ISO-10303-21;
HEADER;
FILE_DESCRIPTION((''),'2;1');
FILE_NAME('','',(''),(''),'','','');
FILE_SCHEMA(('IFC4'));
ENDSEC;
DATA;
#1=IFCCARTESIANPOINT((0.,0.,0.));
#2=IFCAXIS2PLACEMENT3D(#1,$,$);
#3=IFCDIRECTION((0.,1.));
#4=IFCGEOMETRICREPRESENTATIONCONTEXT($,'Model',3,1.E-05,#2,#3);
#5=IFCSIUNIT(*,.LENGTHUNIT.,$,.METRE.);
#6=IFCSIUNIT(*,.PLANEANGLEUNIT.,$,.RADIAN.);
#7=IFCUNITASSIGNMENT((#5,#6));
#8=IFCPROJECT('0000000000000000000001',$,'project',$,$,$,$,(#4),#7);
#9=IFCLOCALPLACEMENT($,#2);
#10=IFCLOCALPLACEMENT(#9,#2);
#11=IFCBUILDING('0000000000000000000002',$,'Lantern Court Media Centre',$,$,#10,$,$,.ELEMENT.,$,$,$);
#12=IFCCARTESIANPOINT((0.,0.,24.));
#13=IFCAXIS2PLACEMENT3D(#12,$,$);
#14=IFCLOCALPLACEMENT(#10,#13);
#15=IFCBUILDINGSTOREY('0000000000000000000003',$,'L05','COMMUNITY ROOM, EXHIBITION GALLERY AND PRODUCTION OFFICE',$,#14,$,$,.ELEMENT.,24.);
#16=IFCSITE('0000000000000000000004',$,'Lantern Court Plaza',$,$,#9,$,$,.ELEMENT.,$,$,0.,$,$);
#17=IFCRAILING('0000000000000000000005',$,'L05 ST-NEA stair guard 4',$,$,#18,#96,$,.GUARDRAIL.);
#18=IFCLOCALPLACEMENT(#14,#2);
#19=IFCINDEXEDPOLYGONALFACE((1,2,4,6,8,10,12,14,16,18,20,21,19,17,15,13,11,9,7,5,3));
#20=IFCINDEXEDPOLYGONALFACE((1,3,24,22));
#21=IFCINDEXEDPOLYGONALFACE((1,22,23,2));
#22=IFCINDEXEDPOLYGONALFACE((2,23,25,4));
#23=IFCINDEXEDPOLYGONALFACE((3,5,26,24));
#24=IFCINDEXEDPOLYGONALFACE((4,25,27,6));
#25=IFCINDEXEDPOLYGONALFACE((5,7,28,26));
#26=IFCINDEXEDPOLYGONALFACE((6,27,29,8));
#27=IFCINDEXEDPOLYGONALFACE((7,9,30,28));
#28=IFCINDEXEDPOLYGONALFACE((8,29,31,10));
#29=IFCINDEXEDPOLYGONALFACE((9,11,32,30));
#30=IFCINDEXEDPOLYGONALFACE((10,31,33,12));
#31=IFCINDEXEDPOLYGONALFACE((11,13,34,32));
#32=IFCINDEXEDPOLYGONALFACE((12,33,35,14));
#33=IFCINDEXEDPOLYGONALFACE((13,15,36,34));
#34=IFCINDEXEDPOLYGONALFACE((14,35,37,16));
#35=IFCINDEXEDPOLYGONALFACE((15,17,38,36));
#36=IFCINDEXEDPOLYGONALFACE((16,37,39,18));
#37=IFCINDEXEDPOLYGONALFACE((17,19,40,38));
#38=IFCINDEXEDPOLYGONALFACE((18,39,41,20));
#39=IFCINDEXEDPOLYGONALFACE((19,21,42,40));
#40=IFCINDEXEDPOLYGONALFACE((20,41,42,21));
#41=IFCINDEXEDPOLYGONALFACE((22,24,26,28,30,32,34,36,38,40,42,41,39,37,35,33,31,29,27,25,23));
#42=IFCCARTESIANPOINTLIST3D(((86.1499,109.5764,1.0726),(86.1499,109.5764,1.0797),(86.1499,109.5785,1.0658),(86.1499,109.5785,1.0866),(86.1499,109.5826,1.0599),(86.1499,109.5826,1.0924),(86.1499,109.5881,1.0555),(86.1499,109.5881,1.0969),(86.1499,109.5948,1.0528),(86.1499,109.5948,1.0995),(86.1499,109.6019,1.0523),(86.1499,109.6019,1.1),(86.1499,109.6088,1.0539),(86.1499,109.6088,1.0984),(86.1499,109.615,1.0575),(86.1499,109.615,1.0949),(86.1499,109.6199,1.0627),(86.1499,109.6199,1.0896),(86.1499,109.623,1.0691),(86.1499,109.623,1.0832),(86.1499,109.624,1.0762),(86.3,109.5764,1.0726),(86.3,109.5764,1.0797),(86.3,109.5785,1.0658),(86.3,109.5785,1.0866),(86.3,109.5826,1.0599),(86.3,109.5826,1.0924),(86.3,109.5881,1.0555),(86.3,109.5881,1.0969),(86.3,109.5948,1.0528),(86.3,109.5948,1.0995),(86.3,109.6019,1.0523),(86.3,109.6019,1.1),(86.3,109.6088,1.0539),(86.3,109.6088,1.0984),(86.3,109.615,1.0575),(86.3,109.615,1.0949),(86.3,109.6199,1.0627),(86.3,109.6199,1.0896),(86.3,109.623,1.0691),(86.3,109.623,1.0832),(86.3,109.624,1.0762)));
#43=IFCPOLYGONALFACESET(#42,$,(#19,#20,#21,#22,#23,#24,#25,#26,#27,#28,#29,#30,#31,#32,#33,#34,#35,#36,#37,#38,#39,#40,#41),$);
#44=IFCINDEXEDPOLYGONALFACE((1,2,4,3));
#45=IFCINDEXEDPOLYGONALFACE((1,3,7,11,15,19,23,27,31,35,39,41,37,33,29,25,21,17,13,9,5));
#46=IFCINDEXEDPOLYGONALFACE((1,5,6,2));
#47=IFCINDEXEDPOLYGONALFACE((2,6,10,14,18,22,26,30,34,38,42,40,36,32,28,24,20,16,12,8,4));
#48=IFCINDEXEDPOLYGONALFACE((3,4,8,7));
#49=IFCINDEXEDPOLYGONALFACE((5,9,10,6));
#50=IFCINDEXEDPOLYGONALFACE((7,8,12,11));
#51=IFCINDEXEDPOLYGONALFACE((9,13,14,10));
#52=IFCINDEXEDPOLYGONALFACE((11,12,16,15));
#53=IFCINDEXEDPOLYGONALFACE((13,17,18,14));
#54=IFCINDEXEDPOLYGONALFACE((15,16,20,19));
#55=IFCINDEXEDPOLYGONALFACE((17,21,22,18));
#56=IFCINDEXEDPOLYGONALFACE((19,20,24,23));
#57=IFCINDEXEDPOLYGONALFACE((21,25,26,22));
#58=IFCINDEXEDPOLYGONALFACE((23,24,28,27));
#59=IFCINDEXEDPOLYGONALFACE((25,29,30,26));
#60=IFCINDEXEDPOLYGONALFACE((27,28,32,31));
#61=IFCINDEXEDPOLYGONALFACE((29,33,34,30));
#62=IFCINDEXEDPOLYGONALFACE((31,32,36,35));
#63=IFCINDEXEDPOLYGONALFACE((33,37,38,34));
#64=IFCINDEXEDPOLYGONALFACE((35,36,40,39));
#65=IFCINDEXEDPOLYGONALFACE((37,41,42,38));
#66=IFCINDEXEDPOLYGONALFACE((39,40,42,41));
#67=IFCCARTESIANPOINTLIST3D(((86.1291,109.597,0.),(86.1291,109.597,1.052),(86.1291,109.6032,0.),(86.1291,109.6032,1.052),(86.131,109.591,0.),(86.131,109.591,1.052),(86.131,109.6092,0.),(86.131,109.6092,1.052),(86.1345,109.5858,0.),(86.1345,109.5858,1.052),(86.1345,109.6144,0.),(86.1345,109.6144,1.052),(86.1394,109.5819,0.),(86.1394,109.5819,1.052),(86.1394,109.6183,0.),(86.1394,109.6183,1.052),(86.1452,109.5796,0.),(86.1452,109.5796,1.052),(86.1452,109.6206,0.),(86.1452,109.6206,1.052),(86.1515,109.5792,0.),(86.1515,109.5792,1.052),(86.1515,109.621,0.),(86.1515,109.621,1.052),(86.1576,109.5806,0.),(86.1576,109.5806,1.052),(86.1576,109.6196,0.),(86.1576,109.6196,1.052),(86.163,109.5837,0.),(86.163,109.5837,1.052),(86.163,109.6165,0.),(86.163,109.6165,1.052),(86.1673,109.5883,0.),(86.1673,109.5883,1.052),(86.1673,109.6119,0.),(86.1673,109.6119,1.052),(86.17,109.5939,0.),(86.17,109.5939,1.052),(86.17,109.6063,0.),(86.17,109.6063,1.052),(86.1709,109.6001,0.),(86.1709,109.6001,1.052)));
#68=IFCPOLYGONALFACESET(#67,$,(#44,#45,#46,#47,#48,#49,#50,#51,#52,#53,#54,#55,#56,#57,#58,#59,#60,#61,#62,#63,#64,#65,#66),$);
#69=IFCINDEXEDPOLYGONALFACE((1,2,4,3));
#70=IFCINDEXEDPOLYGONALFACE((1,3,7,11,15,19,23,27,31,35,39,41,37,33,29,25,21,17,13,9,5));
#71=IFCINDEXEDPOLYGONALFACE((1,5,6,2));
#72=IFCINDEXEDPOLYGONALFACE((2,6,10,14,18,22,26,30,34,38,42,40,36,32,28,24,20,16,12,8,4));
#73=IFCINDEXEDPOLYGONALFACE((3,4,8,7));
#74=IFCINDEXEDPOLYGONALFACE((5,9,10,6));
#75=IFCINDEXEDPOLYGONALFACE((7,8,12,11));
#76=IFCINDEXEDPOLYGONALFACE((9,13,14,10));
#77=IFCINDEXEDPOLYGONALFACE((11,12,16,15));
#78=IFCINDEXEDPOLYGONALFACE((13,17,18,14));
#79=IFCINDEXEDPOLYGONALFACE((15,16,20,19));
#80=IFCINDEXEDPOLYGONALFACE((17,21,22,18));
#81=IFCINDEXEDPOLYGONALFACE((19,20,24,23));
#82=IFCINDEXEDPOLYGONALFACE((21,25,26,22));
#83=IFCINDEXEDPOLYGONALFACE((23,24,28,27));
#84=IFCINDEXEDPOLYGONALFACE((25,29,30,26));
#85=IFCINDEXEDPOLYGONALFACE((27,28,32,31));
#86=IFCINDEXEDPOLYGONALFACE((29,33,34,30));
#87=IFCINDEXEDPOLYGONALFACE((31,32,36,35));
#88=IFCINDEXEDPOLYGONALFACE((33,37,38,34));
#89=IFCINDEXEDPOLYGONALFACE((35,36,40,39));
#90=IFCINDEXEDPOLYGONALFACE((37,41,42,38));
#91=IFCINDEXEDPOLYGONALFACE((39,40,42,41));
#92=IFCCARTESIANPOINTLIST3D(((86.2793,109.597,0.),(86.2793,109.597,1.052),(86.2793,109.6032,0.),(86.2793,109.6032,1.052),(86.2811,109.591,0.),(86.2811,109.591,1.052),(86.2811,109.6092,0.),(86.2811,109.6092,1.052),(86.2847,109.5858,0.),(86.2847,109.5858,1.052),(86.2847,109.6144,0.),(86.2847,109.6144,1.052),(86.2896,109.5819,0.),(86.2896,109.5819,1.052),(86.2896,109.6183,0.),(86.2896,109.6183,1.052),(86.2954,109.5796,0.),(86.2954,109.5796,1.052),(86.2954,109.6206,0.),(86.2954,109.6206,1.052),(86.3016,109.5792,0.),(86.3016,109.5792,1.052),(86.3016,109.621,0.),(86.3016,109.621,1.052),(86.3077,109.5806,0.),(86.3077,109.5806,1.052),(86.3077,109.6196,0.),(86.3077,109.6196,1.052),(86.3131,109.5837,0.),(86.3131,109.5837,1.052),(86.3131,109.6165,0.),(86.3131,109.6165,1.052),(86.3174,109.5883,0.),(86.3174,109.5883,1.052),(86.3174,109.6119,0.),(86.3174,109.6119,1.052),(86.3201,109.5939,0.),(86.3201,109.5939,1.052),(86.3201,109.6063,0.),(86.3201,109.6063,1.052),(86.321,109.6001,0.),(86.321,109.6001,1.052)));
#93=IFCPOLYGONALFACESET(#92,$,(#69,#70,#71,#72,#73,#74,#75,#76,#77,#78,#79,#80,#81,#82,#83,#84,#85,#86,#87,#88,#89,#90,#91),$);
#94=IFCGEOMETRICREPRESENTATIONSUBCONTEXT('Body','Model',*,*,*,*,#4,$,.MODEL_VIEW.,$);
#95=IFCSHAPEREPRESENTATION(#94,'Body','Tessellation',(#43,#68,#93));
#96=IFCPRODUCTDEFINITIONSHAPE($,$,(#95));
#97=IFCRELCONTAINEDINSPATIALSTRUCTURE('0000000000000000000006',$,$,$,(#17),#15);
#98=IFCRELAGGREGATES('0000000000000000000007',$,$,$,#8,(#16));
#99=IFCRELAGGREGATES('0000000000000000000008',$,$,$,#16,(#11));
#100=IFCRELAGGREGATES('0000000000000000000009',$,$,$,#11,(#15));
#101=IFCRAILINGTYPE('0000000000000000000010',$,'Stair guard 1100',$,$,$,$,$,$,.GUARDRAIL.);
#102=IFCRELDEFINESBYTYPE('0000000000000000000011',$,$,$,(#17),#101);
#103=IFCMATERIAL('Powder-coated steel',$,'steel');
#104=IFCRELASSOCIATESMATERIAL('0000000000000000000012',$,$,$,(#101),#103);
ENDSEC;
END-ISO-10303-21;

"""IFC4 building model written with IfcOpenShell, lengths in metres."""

from ifc_helpers import new_model, si_unit, direction, frame, origin, origin_2d, place, context, subcontext, project, spatial, circle, extrude, material, type_object, element, save


model = new_model("IFC4")

# Units and contexts
model_context = context("Model", 3, precision=1e-05, world=origin(), true_north=direction((0.0, 1.0)))
body_context = subcontext(model_context, "Body", "Model", "MODEL_VIEW")
ifc_project = project(units=[si_unit("LENGTHUNIT", "METRE"), si_unit("PLANEANGLEUNIT", "RADIAN")], contexts=[model_context])

# Site, building, storey
site_placement = place(None, origin())
site = spatial("IfcSite", under=ifc_project, at=site_placement, Name="Lantern Court Plaza", CompositionType="ELEMENT", RefElevation=0.0)
building_placement = place(site_placement, origin())
building = spatial("IfcBuilding", under=site, at=building_placement, Name="Lantern Court Media Centre", CompositionType="ELEMENT")
storey_placement = place(building_placement, frame((0.0, 0.0, 24.0)))
storey = spatial("IfcBuildingStorey", under=building, at=storey_placement, Name="L05", Description="COMMUNITY ROOM, EXHIBITION GALLERY AND PRODUCTION OFFICE", CompositionType="ELEMENT", Elevation=24.0)

# Shared definitions
ifc_material_1 = material(Name="Powder-coated steel", Category="steel")

# Railing
railing_type_1 = type_object("IfcRailingType", Name="Stair guard 1100", PredefinedType="GUARDRAIL", material=ifc_material_1)
railing_1_placement = place(storey_placement, frame((86.1499, 109.6001, 0.0)))
element("IfcRailing", 1, at=railing_1_placement, inside=storey, type_object=railing_type_1, Name="L05 ST-NEA stair guard 4", PredefinedType="GUARDRAIL", context=body_context, shape_type="SweptSolid", body=[
    extrude(circle(Radius=0.0239, at=origin_2d()), frame((0.0, 0.0, 1.0762), z_axis=(1.0, 0.0, 0.0), x_axis=(0.0, 1.0, 0.0)), (0.0, 0.0, 1.0), 0.1501),
    extrude(circle(Radius=0.021, at=origin_2d()), origin(), (0.0, 0.0, 1.0), 1.052),
    extrude(circle(Radius=0.021, at=origin_2d()), frame((0.1501, 0.0, 0.0)), (0.0, 0.0, 1.0), 1.052),
])

save(model, "model.ifc")
